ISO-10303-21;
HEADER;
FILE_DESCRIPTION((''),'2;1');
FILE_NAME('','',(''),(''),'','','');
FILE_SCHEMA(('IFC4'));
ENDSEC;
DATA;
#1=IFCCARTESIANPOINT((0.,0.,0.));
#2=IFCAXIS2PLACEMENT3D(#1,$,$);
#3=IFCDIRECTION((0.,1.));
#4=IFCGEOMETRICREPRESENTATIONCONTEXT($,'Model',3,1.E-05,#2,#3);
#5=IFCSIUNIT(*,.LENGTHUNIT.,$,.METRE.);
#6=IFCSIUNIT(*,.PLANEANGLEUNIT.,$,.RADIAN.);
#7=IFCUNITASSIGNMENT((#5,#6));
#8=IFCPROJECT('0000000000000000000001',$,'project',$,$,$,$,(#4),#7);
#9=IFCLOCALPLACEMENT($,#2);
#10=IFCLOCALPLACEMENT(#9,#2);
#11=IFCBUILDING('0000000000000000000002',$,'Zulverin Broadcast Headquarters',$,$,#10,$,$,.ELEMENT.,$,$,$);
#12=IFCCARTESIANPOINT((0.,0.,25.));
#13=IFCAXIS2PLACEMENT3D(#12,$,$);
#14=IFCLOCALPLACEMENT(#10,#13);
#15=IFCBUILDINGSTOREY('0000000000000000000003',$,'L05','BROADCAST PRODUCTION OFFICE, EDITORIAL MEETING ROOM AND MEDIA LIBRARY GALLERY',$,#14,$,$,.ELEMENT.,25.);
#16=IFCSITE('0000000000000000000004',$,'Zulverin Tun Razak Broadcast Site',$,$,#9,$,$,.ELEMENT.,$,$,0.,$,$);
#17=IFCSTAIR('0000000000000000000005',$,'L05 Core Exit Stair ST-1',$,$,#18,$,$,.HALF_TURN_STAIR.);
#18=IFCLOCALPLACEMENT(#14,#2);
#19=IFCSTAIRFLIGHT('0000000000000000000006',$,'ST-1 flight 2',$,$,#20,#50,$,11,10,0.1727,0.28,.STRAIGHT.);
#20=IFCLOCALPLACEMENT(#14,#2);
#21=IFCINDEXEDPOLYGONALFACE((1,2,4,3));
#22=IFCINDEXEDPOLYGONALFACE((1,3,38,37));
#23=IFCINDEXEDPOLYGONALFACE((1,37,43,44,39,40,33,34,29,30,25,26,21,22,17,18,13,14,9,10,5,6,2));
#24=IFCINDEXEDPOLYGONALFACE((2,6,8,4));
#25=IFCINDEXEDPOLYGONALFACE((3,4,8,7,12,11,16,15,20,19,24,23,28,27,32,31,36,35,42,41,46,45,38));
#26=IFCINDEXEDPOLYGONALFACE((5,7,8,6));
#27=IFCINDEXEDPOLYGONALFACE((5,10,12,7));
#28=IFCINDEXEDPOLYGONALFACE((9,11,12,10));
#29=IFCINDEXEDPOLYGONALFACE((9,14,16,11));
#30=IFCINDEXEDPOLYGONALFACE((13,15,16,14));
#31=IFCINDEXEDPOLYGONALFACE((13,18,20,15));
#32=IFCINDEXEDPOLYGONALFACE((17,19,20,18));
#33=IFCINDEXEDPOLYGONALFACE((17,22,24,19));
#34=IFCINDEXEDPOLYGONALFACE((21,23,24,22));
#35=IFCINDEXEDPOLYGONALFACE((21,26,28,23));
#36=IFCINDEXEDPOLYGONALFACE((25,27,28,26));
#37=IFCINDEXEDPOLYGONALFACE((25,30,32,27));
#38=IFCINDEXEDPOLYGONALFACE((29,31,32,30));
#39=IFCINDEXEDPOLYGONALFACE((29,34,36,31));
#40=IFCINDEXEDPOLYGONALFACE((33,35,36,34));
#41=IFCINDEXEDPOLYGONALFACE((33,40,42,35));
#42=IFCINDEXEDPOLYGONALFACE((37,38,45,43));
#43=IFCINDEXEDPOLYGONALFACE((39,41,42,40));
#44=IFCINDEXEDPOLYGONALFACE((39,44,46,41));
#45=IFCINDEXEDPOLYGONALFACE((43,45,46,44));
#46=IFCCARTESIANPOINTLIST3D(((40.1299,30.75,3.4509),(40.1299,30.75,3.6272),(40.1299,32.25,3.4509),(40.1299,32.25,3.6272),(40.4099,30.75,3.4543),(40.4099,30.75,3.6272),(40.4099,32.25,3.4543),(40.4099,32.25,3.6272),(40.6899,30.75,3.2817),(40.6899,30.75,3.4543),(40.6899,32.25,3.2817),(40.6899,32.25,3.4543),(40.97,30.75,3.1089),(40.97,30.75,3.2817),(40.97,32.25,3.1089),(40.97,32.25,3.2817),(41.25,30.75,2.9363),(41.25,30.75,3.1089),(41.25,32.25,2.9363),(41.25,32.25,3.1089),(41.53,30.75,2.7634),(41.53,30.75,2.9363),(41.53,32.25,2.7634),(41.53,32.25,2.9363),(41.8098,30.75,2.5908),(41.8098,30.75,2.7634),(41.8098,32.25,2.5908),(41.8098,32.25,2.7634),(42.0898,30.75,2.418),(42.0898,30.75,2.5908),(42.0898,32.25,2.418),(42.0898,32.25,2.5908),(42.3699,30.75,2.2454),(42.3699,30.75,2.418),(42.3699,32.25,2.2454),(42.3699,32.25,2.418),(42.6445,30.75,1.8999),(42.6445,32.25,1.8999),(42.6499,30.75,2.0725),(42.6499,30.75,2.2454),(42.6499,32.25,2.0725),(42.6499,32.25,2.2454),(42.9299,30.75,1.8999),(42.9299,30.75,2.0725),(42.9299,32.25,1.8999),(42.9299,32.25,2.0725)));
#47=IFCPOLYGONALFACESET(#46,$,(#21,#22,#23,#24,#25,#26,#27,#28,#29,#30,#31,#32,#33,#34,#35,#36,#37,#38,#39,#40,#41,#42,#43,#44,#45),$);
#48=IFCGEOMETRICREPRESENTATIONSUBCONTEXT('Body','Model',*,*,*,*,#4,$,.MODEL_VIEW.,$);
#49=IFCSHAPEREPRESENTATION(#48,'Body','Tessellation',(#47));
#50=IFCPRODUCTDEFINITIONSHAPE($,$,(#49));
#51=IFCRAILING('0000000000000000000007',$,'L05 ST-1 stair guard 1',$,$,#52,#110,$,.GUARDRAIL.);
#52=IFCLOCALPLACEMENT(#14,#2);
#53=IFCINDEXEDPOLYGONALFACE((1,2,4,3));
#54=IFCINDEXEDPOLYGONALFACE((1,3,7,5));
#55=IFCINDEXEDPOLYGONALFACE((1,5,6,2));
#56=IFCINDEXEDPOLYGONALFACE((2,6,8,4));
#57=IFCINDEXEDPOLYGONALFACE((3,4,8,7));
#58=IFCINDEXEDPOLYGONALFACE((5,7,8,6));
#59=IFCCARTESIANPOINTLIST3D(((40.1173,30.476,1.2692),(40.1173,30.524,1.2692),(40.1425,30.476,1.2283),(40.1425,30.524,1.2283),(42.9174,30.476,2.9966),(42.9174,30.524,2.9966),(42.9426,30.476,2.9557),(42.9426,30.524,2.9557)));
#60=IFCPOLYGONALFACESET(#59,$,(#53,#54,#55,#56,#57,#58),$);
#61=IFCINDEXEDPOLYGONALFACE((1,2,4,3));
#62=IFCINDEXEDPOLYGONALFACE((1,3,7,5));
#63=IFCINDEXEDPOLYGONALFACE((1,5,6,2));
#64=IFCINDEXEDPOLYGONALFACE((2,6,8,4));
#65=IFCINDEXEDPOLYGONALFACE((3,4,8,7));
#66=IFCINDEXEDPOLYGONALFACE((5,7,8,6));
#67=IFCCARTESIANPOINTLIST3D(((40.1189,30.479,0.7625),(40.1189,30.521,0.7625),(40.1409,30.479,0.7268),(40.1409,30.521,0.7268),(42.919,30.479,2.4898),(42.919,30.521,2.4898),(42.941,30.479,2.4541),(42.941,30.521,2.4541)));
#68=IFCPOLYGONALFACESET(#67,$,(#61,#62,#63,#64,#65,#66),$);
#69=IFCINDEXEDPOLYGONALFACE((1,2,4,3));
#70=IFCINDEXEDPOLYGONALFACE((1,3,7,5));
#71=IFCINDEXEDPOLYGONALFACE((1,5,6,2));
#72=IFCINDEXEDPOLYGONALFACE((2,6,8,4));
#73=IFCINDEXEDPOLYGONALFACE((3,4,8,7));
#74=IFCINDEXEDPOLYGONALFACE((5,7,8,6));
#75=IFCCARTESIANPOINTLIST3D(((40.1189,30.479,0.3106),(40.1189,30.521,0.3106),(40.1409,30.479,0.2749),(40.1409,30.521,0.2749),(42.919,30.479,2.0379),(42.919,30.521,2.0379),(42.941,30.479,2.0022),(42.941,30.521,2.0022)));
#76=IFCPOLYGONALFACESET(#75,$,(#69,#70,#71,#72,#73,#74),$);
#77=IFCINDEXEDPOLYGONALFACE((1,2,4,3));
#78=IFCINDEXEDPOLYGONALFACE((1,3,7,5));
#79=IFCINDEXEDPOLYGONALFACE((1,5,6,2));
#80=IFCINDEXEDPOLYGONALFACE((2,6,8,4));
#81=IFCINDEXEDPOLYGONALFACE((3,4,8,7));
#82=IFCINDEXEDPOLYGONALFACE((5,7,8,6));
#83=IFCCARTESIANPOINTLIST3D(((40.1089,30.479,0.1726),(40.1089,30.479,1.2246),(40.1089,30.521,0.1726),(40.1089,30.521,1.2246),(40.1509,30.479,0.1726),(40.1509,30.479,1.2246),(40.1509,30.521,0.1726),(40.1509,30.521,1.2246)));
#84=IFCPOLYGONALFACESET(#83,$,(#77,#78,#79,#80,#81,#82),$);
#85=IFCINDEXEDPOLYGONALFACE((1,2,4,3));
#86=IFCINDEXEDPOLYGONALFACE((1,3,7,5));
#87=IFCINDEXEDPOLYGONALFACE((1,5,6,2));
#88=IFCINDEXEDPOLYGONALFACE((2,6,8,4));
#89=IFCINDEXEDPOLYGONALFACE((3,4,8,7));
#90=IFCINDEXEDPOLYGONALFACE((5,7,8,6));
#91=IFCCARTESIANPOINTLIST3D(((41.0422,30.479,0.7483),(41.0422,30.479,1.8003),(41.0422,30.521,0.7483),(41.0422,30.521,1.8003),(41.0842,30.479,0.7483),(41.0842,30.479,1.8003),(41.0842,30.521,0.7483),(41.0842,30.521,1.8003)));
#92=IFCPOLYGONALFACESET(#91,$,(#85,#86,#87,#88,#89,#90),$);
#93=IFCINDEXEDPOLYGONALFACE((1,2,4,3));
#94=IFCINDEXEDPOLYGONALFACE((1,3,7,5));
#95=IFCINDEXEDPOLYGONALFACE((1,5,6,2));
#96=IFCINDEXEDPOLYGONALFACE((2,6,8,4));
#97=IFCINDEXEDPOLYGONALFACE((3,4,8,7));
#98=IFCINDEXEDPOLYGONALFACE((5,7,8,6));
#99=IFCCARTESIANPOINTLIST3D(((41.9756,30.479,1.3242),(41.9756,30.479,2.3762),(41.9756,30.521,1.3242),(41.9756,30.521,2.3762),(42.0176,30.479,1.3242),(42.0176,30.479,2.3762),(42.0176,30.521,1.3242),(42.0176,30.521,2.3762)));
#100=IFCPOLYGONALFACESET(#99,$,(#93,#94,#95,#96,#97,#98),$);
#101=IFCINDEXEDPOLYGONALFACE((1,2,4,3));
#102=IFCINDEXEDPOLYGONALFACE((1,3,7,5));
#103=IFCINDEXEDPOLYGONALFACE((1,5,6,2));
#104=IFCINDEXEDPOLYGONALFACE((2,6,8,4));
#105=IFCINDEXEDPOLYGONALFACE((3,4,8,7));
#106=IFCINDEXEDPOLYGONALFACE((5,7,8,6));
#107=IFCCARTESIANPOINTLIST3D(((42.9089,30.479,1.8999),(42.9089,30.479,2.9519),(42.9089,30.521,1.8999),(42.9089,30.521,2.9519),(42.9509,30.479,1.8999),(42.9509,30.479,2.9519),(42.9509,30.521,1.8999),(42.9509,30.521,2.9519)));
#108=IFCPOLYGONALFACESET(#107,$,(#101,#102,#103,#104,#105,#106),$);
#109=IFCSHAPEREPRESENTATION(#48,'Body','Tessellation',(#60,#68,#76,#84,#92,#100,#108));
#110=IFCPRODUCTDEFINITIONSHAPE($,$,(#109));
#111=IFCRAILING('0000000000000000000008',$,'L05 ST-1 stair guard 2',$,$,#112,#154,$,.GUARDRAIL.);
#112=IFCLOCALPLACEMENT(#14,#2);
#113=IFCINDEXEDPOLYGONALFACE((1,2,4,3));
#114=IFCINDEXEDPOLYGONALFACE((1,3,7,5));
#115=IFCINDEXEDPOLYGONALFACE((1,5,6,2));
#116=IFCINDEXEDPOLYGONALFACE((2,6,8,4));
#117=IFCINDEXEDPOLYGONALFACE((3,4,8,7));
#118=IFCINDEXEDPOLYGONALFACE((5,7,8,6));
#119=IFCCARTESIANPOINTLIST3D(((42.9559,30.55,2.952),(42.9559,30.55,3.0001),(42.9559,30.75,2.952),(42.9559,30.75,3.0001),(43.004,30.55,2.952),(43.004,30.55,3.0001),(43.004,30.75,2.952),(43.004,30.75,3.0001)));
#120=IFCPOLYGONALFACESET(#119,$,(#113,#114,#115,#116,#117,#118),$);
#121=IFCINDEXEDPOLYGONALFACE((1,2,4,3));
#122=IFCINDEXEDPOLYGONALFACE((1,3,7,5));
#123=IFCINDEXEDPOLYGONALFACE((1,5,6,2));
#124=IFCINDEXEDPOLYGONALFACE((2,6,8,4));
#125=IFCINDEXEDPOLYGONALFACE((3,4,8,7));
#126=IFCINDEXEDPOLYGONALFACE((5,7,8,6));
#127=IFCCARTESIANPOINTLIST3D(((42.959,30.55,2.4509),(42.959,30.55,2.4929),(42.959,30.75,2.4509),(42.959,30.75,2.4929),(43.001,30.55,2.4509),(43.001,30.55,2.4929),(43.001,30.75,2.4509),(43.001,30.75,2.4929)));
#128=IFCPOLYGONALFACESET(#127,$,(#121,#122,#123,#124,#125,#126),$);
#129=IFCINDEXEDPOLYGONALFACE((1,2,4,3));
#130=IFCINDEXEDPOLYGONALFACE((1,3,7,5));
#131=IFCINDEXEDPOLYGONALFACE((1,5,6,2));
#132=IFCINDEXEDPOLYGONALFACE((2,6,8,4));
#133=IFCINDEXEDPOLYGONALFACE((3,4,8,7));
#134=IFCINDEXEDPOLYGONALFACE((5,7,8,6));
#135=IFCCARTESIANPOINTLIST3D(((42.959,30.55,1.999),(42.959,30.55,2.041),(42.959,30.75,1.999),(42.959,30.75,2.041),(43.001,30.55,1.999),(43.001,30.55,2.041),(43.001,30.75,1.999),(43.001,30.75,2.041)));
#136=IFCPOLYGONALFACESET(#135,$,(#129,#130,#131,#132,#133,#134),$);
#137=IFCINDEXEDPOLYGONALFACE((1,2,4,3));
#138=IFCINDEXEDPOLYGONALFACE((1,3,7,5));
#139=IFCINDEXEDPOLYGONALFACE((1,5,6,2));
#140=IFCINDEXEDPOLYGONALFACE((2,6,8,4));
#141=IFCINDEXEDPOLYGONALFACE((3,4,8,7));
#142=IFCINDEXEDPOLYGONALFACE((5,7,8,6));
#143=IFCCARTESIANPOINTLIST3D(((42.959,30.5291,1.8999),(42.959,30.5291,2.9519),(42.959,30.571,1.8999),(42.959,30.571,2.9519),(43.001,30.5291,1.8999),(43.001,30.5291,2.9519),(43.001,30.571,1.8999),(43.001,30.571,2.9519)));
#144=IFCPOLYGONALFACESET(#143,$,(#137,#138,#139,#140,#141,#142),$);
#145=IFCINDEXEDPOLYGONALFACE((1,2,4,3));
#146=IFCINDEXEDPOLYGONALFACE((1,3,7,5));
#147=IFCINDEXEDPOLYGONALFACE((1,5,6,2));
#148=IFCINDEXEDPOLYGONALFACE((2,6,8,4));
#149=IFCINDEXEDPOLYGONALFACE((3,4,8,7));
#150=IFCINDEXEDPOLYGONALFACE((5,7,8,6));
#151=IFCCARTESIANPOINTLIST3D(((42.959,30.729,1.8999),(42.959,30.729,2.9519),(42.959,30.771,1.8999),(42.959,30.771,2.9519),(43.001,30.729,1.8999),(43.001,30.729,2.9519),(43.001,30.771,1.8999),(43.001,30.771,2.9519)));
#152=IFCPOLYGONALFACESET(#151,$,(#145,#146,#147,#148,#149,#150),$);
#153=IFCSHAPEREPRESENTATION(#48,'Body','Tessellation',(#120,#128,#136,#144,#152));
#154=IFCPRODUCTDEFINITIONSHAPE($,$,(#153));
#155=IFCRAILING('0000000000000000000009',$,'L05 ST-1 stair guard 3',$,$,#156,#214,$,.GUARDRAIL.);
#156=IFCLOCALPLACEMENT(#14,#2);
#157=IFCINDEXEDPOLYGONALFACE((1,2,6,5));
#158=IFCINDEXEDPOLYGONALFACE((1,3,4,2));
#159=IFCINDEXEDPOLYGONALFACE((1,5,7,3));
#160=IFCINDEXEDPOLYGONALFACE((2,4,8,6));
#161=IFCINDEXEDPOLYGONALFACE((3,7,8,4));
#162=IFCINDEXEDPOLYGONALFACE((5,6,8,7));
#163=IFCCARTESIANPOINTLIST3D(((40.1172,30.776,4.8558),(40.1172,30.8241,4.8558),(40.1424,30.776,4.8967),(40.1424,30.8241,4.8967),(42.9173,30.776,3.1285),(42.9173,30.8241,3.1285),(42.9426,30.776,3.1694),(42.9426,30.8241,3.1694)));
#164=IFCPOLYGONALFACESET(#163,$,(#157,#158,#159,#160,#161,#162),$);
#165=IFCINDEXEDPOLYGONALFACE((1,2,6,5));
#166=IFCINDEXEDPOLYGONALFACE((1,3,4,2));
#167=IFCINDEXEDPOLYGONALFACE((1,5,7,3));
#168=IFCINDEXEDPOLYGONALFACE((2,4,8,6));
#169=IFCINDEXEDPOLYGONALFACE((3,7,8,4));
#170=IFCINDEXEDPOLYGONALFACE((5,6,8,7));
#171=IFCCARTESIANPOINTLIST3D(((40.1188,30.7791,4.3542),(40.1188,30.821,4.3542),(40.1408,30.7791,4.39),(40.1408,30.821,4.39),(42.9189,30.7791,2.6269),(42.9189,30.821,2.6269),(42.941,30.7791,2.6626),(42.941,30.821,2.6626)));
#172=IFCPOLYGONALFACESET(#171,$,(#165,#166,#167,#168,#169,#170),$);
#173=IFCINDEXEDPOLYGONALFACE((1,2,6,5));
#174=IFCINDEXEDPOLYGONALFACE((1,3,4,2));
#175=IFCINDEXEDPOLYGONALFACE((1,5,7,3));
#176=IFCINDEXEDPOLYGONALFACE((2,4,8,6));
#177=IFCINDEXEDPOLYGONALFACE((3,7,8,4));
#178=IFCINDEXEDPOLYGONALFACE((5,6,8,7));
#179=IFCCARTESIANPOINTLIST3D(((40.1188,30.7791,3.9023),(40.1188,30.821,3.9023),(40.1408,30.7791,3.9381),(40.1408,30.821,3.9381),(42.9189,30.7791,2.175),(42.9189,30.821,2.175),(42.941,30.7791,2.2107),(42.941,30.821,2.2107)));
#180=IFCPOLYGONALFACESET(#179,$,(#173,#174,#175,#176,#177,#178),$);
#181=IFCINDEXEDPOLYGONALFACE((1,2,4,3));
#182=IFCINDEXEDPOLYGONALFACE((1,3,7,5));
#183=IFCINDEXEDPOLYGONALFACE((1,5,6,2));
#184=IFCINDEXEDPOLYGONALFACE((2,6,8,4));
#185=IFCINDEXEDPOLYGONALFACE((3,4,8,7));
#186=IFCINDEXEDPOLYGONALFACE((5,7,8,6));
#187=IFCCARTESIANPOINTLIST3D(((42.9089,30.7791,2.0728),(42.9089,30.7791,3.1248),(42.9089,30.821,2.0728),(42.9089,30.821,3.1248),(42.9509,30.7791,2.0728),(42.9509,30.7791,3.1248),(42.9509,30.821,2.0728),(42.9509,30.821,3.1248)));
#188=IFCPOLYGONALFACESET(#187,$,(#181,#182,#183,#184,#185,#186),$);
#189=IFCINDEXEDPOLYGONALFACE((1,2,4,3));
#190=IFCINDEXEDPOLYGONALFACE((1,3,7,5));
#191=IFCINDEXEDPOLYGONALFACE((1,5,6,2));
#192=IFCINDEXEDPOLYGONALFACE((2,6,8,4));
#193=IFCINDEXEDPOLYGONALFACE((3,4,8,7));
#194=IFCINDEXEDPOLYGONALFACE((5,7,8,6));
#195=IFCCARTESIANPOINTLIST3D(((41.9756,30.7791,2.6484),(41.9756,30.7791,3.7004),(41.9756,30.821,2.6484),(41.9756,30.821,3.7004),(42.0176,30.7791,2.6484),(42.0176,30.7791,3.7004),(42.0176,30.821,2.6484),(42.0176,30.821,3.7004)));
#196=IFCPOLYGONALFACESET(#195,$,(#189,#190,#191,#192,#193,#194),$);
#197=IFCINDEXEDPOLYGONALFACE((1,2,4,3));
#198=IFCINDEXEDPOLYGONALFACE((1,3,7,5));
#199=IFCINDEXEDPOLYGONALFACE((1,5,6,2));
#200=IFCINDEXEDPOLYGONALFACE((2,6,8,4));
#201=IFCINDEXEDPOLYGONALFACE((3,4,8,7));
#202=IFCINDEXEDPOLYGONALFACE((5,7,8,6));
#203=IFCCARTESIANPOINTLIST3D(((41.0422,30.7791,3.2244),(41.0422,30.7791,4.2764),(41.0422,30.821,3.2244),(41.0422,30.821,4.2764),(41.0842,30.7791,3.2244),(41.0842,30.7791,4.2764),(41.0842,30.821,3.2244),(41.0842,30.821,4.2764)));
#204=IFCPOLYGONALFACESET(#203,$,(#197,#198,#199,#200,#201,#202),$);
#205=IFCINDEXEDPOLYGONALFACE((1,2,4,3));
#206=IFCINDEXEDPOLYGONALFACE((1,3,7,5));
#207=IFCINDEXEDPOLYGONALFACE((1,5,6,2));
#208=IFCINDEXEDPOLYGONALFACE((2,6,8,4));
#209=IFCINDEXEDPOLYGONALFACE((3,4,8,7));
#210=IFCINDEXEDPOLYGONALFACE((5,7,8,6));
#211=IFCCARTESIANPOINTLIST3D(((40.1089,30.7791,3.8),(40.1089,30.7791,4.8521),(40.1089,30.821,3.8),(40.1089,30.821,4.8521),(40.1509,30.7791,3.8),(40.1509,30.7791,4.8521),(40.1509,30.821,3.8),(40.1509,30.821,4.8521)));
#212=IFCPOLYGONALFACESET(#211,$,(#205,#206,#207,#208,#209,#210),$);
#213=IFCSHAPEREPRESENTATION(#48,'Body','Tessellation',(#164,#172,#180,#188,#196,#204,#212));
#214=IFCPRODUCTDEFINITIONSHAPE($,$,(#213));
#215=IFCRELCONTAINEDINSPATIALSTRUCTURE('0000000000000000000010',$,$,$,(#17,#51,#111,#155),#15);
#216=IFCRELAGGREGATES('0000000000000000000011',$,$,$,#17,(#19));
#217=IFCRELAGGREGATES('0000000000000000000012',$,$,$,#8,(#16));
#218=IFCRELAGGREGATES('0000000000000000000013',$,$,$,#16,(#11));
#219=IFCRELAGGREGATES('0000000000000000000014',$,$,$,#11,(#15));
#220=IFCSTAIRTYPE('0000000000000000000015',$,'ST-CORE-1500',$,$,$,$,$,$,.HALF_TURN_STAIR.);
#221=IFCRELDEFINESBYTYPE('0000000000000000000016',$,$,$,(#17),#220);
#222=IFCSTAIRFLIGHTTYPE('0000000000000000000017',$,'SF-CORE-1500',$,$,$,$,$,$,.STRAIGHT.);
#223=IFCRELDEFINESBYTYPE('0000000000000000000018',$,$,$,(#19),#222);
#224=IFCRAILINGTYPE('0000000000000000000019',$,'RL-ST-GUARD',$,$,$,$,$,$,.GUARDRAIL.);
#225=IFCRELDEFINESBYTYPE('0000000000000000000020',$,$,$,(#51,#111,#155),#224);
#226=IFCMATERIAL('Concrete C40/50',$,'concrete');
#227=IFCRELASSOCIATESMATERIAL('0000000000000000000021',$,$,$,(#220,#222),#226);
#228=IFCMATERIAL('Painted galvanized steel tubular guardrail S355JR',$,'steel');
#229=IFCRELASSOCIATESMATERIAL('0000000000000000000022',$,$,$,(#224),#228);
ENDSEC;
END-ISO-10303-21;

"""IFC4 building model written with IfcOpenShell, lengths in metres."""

from ifc_helpers import new_model, si_unit, direction, frame, origin, origin_2d, place, context, subcontext, project, spatial, polyline, rectangle, outline, extrude, material, type_object, element, aggregate, save


model = new_model("IFC4")

# Units and contexts
model_context = context("Model", 3, precision=1e-05, world=origin(), true_north=direction((0.0, 1.0)))
body_context = subcontext(model_context, "Body", "Model", "MODEL_VIEW")
ifc_project = project(units=[si_unit("LENGTHUNIT", "METRE"), si_unit("PLANEANGLEUNIT", "RADIAN")], contexts=[model_context])

# Site, building, storey
site_placement = place(None, origin())
site = spatial("IfcSite", under=ifc_project, at=site_placement, Name="Zulverin Tun Razak Broadcast Site", CompositionType="ELEMENT", RefElevation=0.0)
building_placement = place(site_placement, origin())
building = spatial("IfcBuilding", under=site, at=building_placement, Name="Zulverin Broadcast Headquarters", CompositionType="ELEMENT")
storey_placement = place(building_placement, frame((0.0, 0.0, 25.0)))
storey = spatial("IfcBuildingStorey", under=building, at=storey_placement, Name="L05", Description="BROADCAST PRODUCTION OFFICE, EDITORIAL MEETING ROOM AND MEDIA LIBRARY GALLERY", CompositionType="ELEMENT", Elevation=25.0)

# Stair, stair flight
ifc_material_1 = material(Name="Concrete C40/50", Category="concrete")
stair_type = type_object("IfcStairType", Name="ST-CORE-1500", PredefinedType="HALF_TURN_STAIR", material=ifc_material_1)
stair_placement = place(storey_placement, origin())
stair = element("IfcStair", 1, at=stair_placement, inside=storey, type_object=stair_type, Name="L05 Core Exit Stair ST-1", PredefinedType="HALF_TURN_STAIR")
stair_flight_type = type_object("IfcStairFlightType", Name="SF-CORE-1500", PredefinedType="STRAIGHT", material=ifc_material_1)
stair_flight_1_placement = place(storey_placement, frame((42.9299, 31.5, 1.8999), z_axis=(0.0, 0.0, 1.0), x_axis=(-1.0, 0.0, 0.0)))
stair_flight_1 = element("IfcStairFlight", 2, at=stair_flight_1_placement, type_object=stair_flight_type, Name="ST-1 flight 2", NumberOfRisers=11, NumberOfTreads=10, PredefinedType="STRAIGHT", RiserHeight=0.1727, TreadLength=0.28, context=body_context, shape_type="SweptSolid", body=[
    extrude(outline(polyline([(0.0, 0.0), (0.0, 0.1726), (0.28, 0.1726), (0.28, 0.3455), (0.5601, 0.3455), (0.5601, 0.5181), (0.8401, 0.5181), (0.8401, 0.6909), (1.1201, 0.6909), (1.1201, 0.8635), (1.3999, 0.8635), (1.3999, 1.0364), (1.6799, 1.0364), (1.6799, 1.209), (1.96, 1.209), (1.96, 1.3818), (2.24, 1.3818), (2.24, 1.5544), (2.52, 1.5544), (2.52, 1.7273), (2.8, 1.7273), (2.8, 1.8999), (2.8, 1.551), (0.2854, 0.0), (0.0, 0.0)])), frame((0.0, 0.75, 0.0), z_axis=(0.0, -1.0, 0.0), x_axis=(1.0, 0.0, 0.0)), (0.0, 0.0, 1.0), 1.5),
])
aggregate(stair, [stair_flight_1])

# Railings
ifc_material_2 = material(Name="Painted galvanized steel tubular guardrail S355JR", Category="steel")
railing_type_1 = type_object("IfcRailingType", Name="RL-ST-GUARD", PredefinedType="GUARDRAIL", material=ifc_material_2)
railing_1_placement = place(storey_placement, frame((40.1299, 30.5, 0.1726)))
element("IfcRailing", 3, at=railing_1_placement, inside=storey, type_object=railing_type_1, Name="L05 ST-1 stair guard 1", PredefinedType="GUARDRAIL", context=body_context, shape_type="SweptSolid", body=[
    extrude(rectangle(XDim=0.0481, YDim=0.0481, at=origin_2d()), frame((0.0, 0.0, 1.0762), z_axis=(0.85109, 0.0, 0.52502), x_axis=(0.0, 1.0, 0.0)), (0.0, 0.0, 1.0), 3.29),
    extrude(rectangle(XDim=0.042, YDim=0.042, at=origin_2d()), frame((0.0, 0.0, 0.572), z_axis=(0.85109, 0.0, 0.52502), x_axis=(0.0, 1.0, 0.0)), (0.0, 0.0, 1.0), 3.29),
    extrude(rectangle(XDim=0.042, YDim=0.042, at=origin_2d()), frame((0.0, 0.0, 0.1201), z_axis=(0.85109, 0.0, 0.52502), x_axis=(0.0, 1.0, 0.0)), (0.0, 0.0, 1.0), 3.29),
    extrude(rectangle(XDim=0.042, YDim=0.042, at=origin_2d()), origin(), (0.0, 0.0, 1.0), 1.052),
    extrude(rectangle(XDim=0.042, YDim=0.042, at=origin_2d()), frame((0.9333, 0.0, 0.5757)), (0.0, 0.0, 1.0), 1.052),
    extrude(rectangle(XDim=0.042, YDim=0.042, at=origin_2d()), frame((1.8667, 0.0, 1.1516)), (0.0, 0.0, 1.0), 1.052),
    extrude(rectangle(XDim=0.042, YDim=0.042, at=origin_2d()), frame((2.8, 0.0, 1.7273)), (0.0, 0.0, 1.0), 1.052),
])
railing_2_placement = place(storey_placement, frame((42.98, 30.55, 1.8999)))
element("IfcRailing", 4, at=railing_2_placement, inside=storey, type_object=railing_type_1, Name="L05 ST-1 stair guard 2", PredefinedType="GUARDRAIL", context=body_context, shape_type="SweptSolid", body=[
    extrude(rectangle(XDim=0.0481, YDim=0.0481, at=origin_2d()), frame((0.0, 0.0, 1.0762), z_axis=(0.0, 1.0, 0.0), x_axis=(-1.0, 0.0, 0.0)), (0.0, 0.0, 1.0), 0.2),
    extrude(rectangle(XDim=0.042, YDim=0.042, at=origin_2d()), frame((0.0, 0.0, 0.572), z_axis=(0.0, 1.0, 0.0), x_axis=(-1.0, 0.0, 0.0)), (0.0, 0.0, 1.0), 0.2),
    extrude(rectangle(XDim=0.042, YDim=0.042, at=origin_2d()), frame((0.0, 0.0, 0.1201), z_axis=(0.0, 1.0, 0.0), x_axis=(-1.0, 0.0, 0.0)), (0.0, 0.0, 1.0), 0.2),
    extrude(rectangle(XDim=0.042, YDim=0.042, at=origin_2d()), origin(), (0.0, 0.0, 1.0), 1.052),
    extrude(rectangle(XDim=0.042, YDim=0.042, at=origin_2d()), frame((0.0, 0.2, 0.0)), (0.0, 0.0, 1.0), 1.052),
])
railing_3_placement = place(storey_placement, frame((42.9299, 30.8, 2.0728)))
element("IfcRailing", 5, at=railing_3_placement, inside=storey, type_object=railing_type_1, Name="L05 ST-1 stair guard 3", PredefinedType="GUARDRAIL", context=body_context, shape_type="SweptSolid", body=[
    extrude(rectangle(XDim=0.0481, YDim=0.0481, at=origin_2d()), frame((0.0, 0.0, 1.0762), z_axis=(-0.85109, 0.0, 0.52502), x_axis=(0.0, -1.0, 0.0)), (0.0, 0.0, 1.0), 3.29),
    extrude(rectangle(XDim=0.042, YDim=0.042, at=origin_2d()), frame((0.0, 0.0, 0.572), z_axis=(-0.85109, 0.0, 0.52502), x_axis=(0.0, -1.0, 0.0)), (0.0, 0.0, 1.0), 3.29),
    extrude(rectangle(XDim=0.042, YDim=0.042, at=origin_2d()), frame((0.0, 0.0, 0.1201), z_axis=(-0.85109, 0.0, 0.52502), x_axis=(0.0, -1.0, 0.0)), (0.0, 0.0, 1.0), 3.29),
    extrude(rectangle(XDim=0.042, YDim=0.042, at=origin_2d()), origin(), (0.0, 0.0, 1.0), 1.052),
    extrude(rectangle(XDim=0.042, YDim=0.042, at=origin_2d()), frame((-0.9333, 0.0, 0.5757)), (0.0, 0.0, 1.0), 1.052),
    extrude(rectangle(XDim=0.042, YDim=0.042, at=origin_2d()), frame((-1.8667, 0.0, 1.1516)), (0.0, 0.0, 1.0), 1.052),
    extrude(rectangle(XDim=0.042, YDim=0.042, at=origin_2d()), frame((-2.8, 0.0, 1.7273)), (0.0, 0.0, 1.0), 1.052),
])

save(model, "model.ifc")
